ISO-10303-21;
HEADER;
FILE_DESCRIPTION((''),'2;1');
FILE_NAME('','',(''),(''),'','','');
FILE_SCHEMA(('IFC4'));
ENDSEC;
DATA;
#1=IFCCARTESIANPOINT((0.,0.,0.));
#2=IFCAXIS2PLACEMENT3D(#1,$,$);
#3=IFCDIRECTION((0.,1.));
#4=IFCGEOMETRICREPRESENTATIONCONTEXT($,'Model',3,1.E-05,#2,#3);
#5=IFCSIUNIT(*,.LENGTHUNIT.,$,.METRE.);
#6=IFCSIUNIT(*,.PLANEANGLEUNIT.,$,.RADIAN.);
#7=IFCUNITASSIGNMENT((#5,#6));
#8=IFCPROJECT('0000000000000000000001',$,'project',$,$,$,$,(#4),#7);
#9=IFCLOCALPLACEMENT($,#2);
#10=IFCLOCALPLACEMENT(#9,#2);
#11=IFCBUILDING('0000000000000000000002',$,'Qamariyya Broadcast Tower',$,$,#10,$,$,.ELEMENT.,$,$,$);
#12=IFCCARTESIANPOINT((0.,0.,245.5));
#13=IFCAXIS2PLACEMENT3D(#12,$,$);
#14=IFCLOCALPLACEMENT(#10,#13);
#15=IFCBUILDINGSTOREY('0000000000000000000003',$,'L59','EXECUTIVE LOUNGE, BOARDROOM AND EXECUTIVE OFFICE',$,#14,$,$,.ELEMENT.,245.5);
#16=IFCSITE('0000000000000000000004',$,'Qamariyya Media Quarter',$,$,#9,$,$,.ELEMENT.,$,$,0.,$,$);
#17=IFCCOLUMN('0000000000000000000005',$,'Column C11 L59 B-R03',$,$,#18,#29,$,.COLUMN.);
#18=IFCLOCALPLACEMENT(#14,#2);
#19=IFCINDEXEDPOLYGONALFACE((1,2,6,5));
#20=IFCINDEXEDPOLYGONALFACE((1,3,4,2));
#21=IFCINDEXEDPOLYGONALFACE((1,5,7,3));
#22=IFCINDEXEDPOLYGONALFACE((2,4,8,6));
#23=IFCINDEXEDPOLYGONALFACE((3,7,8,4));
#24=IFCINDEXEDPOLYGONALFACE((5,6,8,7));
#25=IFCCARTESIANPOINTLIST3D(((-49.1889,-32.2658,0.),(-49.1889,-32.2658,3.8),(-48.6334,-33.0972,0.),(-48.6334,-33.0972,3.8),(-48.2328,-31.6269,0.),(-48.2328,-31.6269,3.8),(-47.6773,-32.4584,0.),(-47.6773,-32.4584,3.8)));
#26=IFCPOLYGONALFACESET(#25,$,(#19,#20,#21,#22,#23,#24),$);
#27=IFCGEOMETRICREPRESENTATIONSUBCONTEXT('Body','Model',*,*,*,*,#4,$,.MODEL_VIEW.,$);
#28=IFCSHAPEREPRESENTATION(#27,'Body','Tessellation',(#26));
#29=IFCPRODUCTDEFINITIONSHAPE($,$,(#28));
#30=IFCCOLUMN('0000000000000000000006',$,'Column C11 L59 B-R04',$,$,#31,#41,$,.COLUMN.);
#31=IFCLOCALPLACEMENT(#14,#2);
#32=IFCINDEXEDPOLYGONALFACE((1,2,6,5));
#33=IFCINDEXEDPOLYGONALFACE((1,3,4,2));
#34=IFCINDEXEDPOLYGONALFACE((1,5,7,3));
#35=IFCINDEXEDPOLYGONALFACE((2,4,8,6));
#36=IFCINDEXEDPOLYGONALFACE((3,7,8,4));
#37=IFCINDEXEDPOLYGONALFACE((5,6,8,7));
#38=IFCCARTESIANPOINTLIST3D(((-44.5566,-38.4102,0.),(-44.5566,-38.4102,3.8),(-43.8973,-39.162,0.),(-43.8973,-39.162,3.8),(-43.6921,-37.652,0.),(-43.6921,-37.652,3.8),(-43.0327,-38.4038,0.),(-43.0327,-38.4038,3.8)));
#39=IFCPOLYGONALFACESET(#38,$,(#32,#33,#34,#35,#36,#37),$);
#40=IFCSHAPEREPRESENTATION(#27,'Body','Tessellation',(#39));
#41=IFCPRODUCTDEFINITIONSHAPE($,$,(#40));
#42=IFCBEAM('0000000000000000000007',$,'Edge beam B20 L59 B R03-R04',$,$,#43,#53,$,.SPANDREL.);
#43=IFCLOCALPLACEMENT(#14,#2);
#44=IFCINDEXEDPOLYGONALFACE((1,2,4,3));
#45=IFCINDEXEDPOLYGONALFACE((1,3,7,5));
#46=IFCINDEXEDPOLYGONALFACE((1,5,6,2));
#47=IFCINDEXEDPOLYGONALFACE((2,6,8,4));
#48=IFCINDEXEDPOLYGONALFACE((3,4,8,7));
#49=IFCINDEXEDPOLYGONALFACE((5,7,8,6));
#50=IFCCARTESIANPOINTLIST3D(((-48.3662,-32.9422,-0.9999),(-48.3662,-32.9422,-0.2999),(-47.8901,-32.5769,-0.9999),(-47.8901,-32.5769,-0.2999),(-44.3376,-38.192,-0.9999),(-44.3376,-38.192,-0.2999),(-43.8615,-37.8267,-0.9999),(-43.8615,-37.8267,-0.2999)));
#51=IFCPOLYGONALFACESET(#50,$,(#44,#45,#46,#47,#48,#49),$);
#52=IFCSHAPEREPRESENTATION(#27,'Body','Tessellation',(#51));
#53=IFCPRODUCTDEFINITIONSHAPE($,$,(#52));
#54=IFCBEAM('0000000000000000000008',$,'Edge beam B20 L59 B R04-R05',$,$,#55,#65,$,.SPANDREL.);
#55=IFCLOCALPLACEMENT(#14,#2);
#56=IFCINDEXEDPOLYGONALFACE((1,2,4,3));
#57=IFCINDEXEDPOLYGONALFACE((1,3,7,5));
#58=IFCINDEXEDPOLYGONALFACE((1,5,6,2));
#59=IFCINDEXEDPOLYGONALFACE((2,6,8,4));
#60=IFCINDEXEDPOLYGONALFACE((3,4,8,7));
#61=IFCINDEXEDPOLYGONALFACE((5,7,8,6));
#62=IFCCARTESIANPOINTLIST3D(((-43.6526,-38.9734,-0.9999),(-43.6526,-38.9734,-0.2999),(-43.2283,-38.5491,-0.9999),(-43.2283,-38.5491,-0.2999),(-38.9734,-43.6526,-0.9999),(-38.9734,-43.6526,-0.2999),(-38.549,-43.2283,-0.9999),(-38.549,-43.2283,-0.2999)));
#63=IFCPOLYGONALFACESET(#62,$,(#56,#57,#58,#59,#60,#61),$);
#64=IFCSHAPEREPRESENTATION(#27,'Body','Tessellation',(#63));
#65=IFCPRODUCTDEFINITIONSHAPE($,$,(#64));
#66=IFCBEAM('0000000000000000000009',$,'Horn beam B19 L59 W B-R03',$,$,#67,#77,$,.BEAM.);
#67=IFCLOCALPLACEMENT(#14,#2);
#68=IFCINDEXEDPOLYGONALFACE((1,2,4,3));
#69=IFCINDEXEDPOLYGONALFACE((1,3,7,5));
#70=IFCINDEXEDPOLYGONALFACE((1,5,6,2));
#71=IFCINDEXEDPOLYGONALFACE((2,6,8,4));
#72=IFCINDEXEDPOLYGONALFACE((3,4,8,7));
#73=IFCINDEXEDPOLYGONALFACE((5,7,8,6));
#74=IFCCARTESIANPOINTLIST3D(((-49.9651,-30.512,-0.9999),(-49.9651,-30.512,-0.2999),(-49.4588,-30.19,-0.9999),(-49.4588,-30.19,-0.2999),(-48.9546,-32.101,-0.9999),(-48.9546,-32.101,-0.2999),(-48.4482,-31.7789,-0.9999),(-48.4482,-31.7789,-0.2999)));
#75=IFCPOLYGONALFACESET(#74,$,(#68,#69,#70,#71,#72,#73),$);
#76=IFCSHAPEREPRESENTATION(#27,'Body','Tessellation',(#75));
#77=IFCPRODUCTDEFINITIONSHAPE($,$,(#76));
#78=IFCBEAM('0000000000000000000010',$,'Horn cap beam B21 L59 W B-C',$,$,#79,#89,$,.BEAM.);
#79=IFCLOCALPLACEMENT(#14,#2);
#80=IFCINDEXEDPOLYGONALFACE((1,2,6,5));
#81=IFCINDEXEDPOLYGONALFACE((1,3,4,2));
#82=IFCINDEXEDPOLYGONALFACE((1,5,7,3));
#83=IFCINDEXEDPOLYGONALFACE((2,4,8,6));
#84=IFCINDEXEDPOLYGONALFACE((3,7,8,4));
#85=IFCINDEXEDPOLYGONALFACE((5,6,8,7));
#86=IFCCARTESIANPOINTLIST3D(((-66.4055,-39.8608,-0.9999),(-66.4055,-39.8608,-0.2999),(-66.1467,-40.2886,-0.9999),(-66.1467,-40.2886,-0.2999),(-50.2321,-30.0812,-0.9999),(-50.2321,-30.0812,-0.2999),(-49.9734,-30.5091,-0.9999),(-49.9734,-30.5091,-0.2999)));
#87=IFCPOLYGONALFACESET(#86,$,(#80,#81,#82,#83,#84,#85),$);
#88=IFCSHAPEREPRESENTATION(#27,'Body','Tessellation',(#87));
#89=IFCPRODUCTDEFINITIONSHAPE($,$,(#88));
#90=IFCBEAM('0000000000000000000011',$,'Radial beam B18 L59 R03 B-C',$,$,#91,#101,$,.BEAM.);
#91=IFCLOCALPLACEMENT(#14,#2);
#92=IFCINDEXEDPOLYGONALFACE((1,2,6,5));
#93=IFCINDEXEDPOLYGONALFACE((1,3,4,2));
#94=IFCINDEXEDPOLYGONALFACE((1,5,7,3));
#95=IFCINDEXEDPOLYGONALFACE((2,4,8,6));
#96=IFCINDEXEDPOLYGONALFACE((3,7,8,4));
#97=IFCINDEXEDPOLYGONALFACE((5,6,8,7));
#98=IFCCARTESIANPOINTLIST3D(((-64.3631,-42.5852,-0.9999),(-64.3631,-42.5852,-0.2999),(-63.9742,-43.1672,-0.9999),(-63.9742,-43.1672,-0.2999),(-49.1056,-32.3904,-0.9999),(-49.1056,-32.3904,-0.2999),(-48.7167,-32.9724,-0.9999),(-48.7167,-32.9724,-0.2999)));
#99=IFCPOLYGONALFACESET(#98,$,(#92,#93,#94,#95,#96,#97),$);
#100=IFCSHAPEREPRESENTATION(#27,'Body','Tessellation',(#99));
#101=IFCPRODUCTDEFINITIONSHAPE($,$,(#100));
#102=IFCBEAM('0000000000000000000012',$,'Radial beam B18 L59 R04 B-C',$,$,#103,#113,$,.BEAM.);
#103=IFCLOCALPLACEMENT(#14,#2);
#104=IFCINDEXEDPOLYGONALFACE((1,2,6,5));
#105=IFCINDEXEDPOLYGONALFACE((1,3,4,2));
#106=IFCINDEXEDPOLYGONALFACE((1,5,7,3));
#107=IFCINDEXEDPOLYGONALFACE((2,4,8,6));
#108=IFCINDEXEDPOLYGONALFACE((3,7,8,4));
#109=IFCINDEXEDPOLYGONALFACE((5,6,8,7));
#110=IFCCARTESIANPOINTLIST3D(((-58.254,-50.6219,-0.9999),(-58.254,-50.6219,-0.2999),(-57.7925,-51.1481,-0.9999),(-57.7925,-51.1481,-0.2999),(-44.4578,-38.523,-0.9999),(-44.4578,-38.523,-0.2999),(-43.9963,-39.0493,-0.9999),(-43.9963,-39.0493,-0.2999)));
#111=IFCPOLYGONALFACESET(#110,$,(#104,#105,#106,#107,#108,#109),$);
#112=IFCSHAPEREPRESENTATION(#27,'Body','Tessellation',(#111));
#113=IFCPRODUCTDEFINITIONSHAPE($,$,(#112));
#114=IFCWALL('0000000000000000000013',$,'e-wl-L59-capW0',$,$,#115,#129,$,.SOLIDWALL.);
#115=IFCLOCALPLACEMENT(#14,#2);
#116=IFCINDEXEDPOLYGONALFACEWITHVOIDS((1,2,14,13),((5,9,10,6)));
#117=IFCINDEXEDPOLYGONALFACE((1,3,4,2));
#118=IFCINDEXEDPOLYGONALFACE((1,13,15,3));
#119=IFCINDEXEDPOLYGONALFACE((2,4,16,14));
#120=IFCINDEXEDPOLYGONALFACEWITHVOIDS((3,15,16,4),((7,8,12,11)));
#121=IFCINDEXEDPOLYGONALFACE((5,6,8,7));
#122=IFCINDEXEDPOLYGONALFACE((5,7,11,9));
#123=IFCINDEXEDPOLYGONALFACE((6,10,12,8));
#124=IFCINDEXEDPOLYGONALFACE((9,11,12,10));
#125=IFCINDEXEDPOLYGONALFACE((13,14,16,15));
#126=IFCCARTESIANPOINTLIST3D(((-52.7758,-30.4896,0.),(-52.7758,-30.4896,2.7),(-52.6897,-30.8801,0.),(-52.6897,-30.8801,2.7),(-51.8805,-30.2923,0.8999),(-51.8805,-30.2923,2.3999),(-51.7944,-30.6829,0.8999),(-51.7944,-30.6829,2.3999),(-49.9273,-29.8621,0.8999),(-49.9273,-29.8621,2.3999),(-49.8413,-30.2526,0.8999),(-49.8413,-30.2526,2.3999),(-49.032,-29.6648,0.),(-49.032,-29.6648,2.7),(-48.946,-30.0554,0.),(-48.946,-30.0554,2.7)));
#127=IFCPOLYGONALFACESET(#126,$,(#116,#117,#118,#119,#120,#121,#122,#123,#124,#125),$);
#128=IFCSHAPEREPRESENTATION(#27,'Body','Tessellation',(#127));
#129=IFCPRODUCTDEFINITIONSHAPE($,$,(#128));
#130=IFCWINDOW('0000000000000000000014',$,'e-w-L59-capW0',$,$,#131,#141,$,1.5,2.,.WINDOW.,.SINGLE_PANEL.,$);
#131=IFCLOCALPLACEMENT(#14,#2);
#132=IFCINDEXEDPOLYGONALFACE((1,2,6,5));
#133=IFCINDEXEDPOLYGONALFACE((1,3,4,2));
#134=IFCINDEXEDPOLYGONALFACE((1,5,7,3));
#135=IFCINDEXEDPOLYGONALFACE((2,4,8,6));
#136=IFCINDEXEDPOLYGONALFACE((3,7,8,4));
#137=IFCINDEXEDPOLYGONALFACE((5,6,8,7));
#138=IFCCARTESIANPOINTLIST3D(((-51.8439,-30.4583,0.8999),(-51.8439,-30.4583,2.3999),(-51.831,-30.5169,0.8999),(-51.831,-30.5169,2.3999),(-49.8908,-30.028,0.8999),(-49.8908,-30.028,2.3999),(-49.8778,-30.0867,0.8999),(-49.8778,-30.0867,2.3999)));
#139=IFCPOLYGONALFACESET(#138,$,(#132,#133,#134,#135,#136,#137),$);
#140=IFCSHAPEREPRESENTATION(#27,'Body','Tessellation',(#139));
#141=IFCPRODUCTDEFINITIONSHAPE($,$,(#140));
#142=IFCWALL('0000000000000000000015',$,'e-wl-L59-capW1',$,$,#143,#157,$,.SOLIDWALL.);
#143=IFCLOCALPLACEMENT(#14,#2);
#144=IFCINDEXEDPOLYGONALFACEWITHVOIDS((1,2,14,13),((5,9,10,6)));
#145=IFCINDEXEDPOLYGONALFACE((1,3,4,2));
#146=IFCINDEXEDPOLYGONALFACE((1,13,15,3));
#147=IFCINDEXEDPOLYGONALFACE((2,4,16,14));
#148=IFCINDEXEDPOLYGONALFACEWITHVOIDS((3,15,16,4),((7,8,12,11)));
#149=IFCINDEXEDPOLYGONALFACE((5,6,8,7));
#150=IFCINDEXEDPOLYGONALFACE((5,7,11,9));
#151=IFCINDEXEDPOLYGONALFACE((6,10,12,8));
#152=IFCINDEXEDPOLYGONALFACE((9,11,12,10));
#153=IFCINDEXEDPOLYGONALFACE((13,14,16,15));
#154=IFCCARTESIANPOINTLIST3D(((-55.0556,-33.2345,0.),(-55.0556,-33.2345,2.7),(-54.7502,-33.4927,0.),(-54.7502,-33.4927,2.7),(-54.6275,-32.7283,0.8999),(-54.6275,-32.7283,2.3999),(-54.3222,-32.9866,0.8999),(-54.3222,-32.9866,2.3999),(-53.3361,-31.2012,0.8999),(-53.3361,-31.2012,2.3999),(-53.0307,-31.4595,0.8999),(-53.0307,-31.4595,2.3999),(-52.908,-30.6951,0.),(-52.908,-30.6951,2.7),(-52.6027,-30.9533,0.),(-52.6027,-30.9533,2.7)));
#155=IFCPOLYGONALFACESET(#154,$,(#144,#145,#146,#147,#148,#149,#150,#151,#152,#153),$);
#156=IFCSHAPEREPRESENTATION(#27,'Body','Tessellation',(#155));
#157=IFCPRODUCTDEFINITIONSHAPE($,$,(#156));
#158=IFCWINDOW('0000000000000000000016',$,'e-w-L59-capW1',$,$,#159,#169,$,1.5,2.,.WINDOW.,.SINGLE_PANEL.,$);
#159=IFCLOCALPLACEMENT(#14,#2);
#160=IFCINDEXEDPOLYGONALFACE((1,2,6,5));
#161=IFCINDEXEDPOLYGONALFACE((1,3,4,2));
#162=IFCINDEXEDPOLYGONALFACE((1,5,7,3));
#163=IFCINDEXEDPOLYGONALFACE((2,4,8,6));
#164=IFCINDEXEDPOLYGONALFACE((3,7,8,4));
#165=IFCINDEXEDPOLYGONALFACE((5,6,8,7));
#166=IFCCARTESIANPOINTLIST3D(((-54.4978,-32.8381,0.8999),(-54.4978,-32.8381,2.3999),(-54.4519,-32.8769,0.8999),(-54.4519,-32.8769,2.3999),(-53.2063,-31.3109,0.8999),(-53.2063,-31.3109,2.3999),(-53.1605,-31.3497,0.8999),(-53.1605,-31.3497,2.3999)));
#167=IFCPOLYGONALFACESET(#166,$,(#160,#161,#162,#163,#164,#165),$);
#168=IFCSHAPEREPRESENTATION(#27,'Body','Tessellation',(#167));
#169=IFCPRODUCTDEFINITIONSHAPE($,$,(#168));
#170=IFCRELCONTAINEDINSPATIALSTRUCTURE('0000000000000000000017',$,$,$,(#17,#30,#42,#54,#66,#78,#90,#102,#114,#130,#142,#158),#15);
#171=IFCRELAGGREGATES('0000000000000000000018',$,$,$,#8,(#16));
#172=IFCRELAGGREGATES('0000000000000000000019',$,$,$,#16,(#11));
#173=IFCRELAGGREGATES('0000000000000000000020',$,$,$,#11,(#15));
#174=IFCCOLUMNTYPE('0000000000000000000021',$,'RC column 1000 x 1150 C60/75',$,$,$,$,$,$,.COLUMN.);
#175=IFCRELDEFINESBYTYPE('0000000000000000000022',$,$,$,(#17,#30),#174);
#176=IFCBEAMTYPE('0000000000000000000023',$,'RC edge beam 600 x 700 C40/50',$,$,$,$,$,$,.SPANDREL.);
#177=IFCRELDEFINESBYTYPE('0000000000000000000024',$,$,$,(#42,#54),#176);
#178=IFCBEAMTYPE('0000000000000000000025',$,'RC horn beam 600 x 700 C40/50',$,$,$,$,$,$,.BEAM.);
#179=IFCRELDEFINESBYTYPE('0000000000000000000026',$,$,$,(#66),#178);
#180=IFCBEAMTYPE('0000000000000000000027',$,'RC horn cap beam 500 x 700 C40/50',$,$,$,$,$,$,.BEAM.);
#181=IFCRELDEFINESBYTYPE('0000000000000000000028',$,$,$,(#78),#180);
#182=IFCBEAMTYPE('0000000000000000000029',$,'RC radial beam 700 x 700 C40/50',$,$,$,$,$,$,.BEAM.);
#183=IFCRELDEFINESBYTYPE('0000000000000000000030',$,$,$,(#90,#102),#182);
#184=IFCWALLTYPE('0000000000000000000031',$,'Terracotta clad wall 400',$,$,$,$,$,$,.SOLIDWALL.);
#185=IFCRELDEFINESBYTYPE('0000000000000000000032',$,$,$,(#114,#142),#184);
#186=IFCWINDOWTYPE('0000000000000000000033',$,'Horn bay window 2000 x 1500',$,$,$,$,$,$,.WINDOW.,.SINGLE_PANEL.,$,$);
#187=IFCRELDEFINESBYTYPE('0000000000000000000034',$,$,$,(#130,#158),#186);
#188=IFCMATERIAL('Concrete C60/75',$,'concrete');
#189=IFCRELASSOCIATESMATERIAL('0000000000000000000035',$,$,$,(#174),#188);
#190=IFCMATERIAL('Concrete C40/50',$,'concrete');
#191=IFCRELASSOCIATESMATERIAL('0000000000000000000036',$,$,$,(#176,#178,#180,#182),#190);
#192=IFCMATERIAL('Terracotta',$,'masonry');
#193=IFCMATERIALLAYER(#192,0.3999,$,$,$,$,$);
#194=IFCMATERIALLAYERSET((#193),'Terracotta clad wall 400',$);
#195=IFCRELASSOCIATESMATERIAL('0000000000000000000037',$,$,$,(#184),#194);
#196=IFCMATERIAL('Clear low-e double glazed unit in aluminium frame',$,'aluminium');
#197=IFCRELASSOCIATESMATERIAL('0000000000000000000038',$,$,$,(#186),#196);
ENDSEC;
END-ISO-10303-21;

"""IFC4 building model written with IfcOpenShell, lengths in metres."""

from ifc_helpers import new_model, si_unit, direction, frame, frame_2d, origin, origin_2d, place, context, subcontext, project, spatial, rectangle, extrude, material, layer, layer_set, material_profile, profile_set, type_object, element, fill, save


model = new_model("IFC4")

# Units and contexts
model_context = context("Model", 3, precision=1e-05, world=origin(), true_north=direction((0.0, 1.0)))
body_context = subcontext(model_context, "Body", "Model", "MODEL_VIEW")
ifc_project = project(units=[si_unit("LENGTHUNIT", "METRE"), si_unit("PLANEANGLEUNIT", "RADIAN")], contexts=[model_context])

# Site, building, storey
site_placement = place(None, origin())
site = spatial("IfcSite", under=ifc_project, at=site_placement, Name="Qamariyya Media Quarter", CompositionType="ELEMENT", RefElevation=0.0)
building_placement = place(site_placement, origin())
building = spatial("IfcBuilding", under=site, at=building_placement, Name="Qamariyya Broadcast Tower", CompositionType="ELEMENT")
storey_placement = place(building_placement, frame((0.0, 0.0, 245.5)))
storey = spatial("IfcBuildingStorey", under=building, at=storey_placement, Name="L59", Description="EXECUTIVE LOUNGE, BOARDROOM AND EXECUTIVE OFFICE", CompositionType="ELEMENT", Elevation=245.5)

# Columns
ifc_material_1 = material(Name="Concrete C60/75", Category="concrete")
ifc_material_profile_1 = material_profile(ifc_material_1, rectangle(XDim=1.0, YDim=1.1499, at=origin_2d()))
ifc_profile_set_1 = profile_set([ifc_material_profile_1], Name="Concrete C60/75")
column_type = type_object("IfcColumnType", Name="RC column 1000 x 1150 C60/75", PredefinedType="COLUMN", material=ifc_profile_set_1)
for number, where, z_axis, x_axis, name in (
    (1, (-48.4331, -32.3621, 0.0), (0.0, 0.0, 1.0), (0.55557, -0.83147, 0.0), "Column C11 L59 B-R03"),
    (2, (-43.7947, -38.407, 0.0), (0.0, 0.0, 1.0), (0.659346, -0.75184, 0.0), "Column C11 L59 B-R04"),
):
    element("IfcColumn", number, at=place(storey_placement, frame(where, z_axis=z_axis, x_axis=x_axis)), inside=storey, type_object=column_type, Name=name, PredefinedType="COLUMN", context=body_context, shape_type="SweptSolid", body=[
        extrude(rectangle(XDim=1.0, YDim=1.1499, at=origin_2d()), origin(), (0.0, 0.0, 1.0), 3.8),
    ])

# Beams
ifc_material_2 = material(Name="Concrete C40/50", Category="concrete")
ifc_material_profile_2 = material_profile(ifc_material_2, rectangle(XDim=0.6001, YDim=0.7, at=origin_2d()))
ifc_profile_set_2 = profile_set([ifc_material_profile_2], Name="Concrete C40/50")
beam_type_1 = type_object("IfcBeamType", Name="RC edge beam 600 x 700 C40/50", PredefinedType="SPANDREL", material=ifc_profile_set_2)
for number, where, z_axis, x_axis, name in (
    (3, (-48.1282, -32.7595, -0.6499), (0.608789, -0.793333, 0.0), (0.793333, 0.608789, 0.0), "Edge beam B20 L59 B R03-R04"),
    (4, (-43.4404, -38.7612, -0.6499), (0.707107, -0.707107, 0.0), (0.707107, 0.707107, 0.0), "Edge beam B20 L59 B R04-R05"),
):
    element("IfcBeam", number, at=place(storey_placement, frame(where, z_axis=z_axis, x_axis=x_axis)), inside=storey, type_object=beam_type_1, Name=name, PredefinedType="SPANDREL", context=body_context, shape_type="SweptSolid", body=[
        extrude(rectangle(XDim=0.6001, YDim=0.7, at=origin_2d()), origin(), (0.0, 0.0, 1.0), 6.6174),
    ])
ifc_material_profile_3 = material_profile(ifc_material_2, rectangle(XDim=0.6001, YDim=0.7, at=origin_2d()))
ifc_profile_set_3 = profile_set([ifc_material_profile_3], Name="Concrete C40/50")
beam_type_2 = type_object("IfcBeamType", Name="RC horn beam 600 x 700 C40/50", PredefinedType="BEAM", material=ifc_profile_set_3)
beam_1_placement = place(storey_placement, frame((-48.7014, -31.9399, -0.6499), z_axis=(-0.536649, 0.843806, 0.0), x_axis=(-0.843806, -0.536649, 0.0)))
element("IfcBeam", 5, at=beam_1_placement, inside=storey, type_object=beam_type_2, Name="Horn beam B19 L59 W B-R03", PredefinedType="BEAM", context=body_context, shape_type="SweptSolid", body=[
    extrude(rectangle(XDim=0.6001, YDim=0.7, at=origin_2d()), origin(), (0.0, 0.0, 1.0), 1.8831),
])
ifc_material_profile_4 = material_profile(ifc_material_2, rectangle(XDim=0.5, YDim=0.7, at=origin_2d()))
ifc_profile_set_4 = profile_set([ifc_material_profile_4], Name="Concrete C40/50")
beam_type_3 = type_object("IfcBeamType", Name="RC horn cap beam 500 x 700 C40/50", PredefinedType="BEAM", material=ifc_profile_set_4)
beam_2_placement = place(storey_placement, frame((-50.1028, -30.2952, -0.6499), z_axis=(-0.855725, -0.517431, 0.0), x_axis=(0.517431, -0.855725, 0.0)))
element("IfcBeam", 6, at=beam_2_placement, inside=storey, type_object=beam_type_3, Name="Horn cap beam B21 L59 W B-C", PredefinedType="BEAM", context=body_context, shape_type="SweptSolid", body=[
    extrude(rectangle(XDim=0.5, YDim=0.7, at=origin_2d()), origin(), (0.0, 0.0, 1.0), 18.9001),
])
ifc_material_profile_5 = material_profile(ifc_material_2, rectangle(XDim=0.7, YDim=0.7, at=origin_2d()))
ifc_profile_set_5 = profile_set([ifc_material_profile_5], Name="Concrete C40/50")
beam_type_4 = type_object("IfcBeamType", Name="RC radial beam 700 x 700 C40/50", PredefinedType="BEAM", material=ifc_profile_set_5)
beam_3_placement = place(storey_placement, frame((-48.9111, -32.6814, -0.6499), z_axis=(-0.831469, -0.555572, 0.0), x_axis=(0.555572, -0.831469, 0.0)))
element("IfcBeam", 7, at=beam_3_placement, inside=storey, type_object=beam_type_4, Name="Radial beam B18 L59 R03 B-C", PredefinedType="BEAM", context=body_context, shape_type="SweptSolid", body=[
    extrude(rectangle(XDim=0.7, YDim=0.7, at=origin_2d()), origin(), (0.0, 0.0, 1.0), 18.3501),
])
beam_4_placement = place(storey_placement, frame((-44.2271, -38.7861, -0.6499), z_axis=(-0.75184, -0.659345, 0.0), x_axis=(0.659345, -0.75184, 0.0)))
element("IfcBeam", 8, at=beam_4_placement, inside=storey, type_object=beam_type_4, Name="Radial beam B18 L59 R04 B-C", PredefinedType="BEAM", context=body_context, shape_type="SweptSolid", body=[
    extrude(rectangle(XDim=0.7, YDim=0.7, at=origin_2d()), origin(), (0.0, 0.0, 1.0), 18.3499),
])

# Walls, openings, windows
ifc_material_3 = material(Name="Terracotta", Category="masonry")
ifc_layer = layer(ifc_material_3, 0.3999)
ifc_layer_set = layer_set([ifc_layer], Name="Terracotta clad wall 400")
wall_type = type_object("IfcWallType", Name="Terracotta clad wall 400", PredefinedType="SOLIDWALL", material=ifc_layer_set)
wall_1_placement = place(storey_placement, frame((-48.989, -29.8601, 0.0), z_axis=(0.0, 0.0, 1.0), x_axis=(-0.976584, -0.215136, 0.0)))
wall_1 = element("IfcWall", 9, at=wall_1_placement, inside=storey, type_object=wall_type, Name="e-wl-L59-capW0", PredefinedType="SOLIDWALL", context=body_context, shape_type="SweptSolid", body=[
    extrude(rectangle(XDim=3.8335, YDim=0.3999, at=frame_2d((1.9167, 0.0))), origin(), (0.0, 0.0, 1.0), 2.7),
])
opening_1_placement = place(wall_1_placement, frame((0.9167, 0.0, 0.8999)))
opening_1 = element("IfcOpeningElement", 10, at=opening_1_placement, cuts=wall_1, PredefinedType="OPENING", context=body_context, shape_type="SweptSolid", body=[
    extrude(rectangle(XDim=2.0, YDim=1.5, at=frame_2d((1.0, 0.75))), frame((0.0, 0.21, 0.0), z_axis=(0.0, -1.0, 0.0), x_axis=(1.0, 0.0, 0.0)), (0.0, 0.0, 1.0), 0.4199),
])
ifc_material_4 = material(Name="Clear low-e double glazed unit in aluminium frame", Category="aluminium")
window_type_1 = type_object("IfcWindowType", Name="Horn bay window 2000 x 1500", PartitioningType="SINGLE_PANEL", PredefinedType="WINDOW", material=ifc_material_4)
window_1_placement = place(opening_1_placement, origin())
window_1 = element("IfcWindow", 11, at=window_1_placement, inside=storey, type_object=window_type_1, Name="e-w-L59-capW0", OverallHeight=1.5, OverallWidth=2.0, PartitioningType="SINGLE_PANEL", PredefinedType="WINDOW", context=body_context, shape_type="SweptSolid", body=[
    extrude(rectangle(XDim=2.0, YDim=1.5, at=frame_2d((1.0, 0.75))), frame((0.0, 0.03, 0.0), z_axis=(0.0, -1.0, 0.0), x_axis=(1.0, 0.0, 0.0)), (0.0, 0.0, 1.0), 0.0601),
])
fill(opening_1, window_1)
wall_2_placement = place(storey_placement, frame((-52.7554, -30.8242, 0.0), z_axis=(0.0, 0.0, 1.0), x_axis=(-0.645735, -0.763562, 0.0)))
wall_2 = element("IfcWall", 12, at=wall_2_placement, inside=storey, type_object=wall_type, Name="e-wl-L59-capW1", PredefinedType="SOLIDWALL", context=body_context, shape_type="SweptSolid", body=[
    extrude(rectangle(XDim=3.3257, YDim=0.3999, at=frame_2d((1.6628, 0.0))), origin(), (0.0, 0.0, 1.0), 2.7),
])
opening_2_placement = place(wall_2_placement, frame((0.6628, 0.0, 0.8999)))
opening_2 = element("IfcOpeningElement", 13, at=opening_2_placement, cuts=wall_2, PredefinedType="OPENING", context=body_context, shape_type="SweptSolid", body=[
    extrude(rectangle(XDim=2.0, YDim=1.5, at=frame_2d((1.0, 0.75))), frame((0.0, 0.21, 0.0), z_axis=(0.0, -1.0, 0.0), x_axis=(1.0, 0.0, 0.0)), (0.0, 0.0, 1.0), 0.4199),
])
window_2_placement = place(opening_2_placement, origin())
window_2 = element("IfcWindow", 14, at=window_2_placement, inside=storey, type_object=window_type_1, Name="e-w-L59-capW1", OverallHeight=1.5, OverallWidth=2.0, PartitioningType="SINGLE_PANEL", PredefinedType="WINDOW", context=body_context, shape_type="SweptSolid", body=[
    extrude(rectangle(XDim=2.0, YDim=1.5, at=frame_2d((1.0, 0.75))), frame((0.0, 0.03, 0.0), z_axis=(0.0, -1.0, 0.0), x_axis=(1.0, 0.0, 0.0)), (0.0, 0.0, 1.0), 0.0601),
])
fill(opening_2, window_2)

save(model, "model.ifc")
